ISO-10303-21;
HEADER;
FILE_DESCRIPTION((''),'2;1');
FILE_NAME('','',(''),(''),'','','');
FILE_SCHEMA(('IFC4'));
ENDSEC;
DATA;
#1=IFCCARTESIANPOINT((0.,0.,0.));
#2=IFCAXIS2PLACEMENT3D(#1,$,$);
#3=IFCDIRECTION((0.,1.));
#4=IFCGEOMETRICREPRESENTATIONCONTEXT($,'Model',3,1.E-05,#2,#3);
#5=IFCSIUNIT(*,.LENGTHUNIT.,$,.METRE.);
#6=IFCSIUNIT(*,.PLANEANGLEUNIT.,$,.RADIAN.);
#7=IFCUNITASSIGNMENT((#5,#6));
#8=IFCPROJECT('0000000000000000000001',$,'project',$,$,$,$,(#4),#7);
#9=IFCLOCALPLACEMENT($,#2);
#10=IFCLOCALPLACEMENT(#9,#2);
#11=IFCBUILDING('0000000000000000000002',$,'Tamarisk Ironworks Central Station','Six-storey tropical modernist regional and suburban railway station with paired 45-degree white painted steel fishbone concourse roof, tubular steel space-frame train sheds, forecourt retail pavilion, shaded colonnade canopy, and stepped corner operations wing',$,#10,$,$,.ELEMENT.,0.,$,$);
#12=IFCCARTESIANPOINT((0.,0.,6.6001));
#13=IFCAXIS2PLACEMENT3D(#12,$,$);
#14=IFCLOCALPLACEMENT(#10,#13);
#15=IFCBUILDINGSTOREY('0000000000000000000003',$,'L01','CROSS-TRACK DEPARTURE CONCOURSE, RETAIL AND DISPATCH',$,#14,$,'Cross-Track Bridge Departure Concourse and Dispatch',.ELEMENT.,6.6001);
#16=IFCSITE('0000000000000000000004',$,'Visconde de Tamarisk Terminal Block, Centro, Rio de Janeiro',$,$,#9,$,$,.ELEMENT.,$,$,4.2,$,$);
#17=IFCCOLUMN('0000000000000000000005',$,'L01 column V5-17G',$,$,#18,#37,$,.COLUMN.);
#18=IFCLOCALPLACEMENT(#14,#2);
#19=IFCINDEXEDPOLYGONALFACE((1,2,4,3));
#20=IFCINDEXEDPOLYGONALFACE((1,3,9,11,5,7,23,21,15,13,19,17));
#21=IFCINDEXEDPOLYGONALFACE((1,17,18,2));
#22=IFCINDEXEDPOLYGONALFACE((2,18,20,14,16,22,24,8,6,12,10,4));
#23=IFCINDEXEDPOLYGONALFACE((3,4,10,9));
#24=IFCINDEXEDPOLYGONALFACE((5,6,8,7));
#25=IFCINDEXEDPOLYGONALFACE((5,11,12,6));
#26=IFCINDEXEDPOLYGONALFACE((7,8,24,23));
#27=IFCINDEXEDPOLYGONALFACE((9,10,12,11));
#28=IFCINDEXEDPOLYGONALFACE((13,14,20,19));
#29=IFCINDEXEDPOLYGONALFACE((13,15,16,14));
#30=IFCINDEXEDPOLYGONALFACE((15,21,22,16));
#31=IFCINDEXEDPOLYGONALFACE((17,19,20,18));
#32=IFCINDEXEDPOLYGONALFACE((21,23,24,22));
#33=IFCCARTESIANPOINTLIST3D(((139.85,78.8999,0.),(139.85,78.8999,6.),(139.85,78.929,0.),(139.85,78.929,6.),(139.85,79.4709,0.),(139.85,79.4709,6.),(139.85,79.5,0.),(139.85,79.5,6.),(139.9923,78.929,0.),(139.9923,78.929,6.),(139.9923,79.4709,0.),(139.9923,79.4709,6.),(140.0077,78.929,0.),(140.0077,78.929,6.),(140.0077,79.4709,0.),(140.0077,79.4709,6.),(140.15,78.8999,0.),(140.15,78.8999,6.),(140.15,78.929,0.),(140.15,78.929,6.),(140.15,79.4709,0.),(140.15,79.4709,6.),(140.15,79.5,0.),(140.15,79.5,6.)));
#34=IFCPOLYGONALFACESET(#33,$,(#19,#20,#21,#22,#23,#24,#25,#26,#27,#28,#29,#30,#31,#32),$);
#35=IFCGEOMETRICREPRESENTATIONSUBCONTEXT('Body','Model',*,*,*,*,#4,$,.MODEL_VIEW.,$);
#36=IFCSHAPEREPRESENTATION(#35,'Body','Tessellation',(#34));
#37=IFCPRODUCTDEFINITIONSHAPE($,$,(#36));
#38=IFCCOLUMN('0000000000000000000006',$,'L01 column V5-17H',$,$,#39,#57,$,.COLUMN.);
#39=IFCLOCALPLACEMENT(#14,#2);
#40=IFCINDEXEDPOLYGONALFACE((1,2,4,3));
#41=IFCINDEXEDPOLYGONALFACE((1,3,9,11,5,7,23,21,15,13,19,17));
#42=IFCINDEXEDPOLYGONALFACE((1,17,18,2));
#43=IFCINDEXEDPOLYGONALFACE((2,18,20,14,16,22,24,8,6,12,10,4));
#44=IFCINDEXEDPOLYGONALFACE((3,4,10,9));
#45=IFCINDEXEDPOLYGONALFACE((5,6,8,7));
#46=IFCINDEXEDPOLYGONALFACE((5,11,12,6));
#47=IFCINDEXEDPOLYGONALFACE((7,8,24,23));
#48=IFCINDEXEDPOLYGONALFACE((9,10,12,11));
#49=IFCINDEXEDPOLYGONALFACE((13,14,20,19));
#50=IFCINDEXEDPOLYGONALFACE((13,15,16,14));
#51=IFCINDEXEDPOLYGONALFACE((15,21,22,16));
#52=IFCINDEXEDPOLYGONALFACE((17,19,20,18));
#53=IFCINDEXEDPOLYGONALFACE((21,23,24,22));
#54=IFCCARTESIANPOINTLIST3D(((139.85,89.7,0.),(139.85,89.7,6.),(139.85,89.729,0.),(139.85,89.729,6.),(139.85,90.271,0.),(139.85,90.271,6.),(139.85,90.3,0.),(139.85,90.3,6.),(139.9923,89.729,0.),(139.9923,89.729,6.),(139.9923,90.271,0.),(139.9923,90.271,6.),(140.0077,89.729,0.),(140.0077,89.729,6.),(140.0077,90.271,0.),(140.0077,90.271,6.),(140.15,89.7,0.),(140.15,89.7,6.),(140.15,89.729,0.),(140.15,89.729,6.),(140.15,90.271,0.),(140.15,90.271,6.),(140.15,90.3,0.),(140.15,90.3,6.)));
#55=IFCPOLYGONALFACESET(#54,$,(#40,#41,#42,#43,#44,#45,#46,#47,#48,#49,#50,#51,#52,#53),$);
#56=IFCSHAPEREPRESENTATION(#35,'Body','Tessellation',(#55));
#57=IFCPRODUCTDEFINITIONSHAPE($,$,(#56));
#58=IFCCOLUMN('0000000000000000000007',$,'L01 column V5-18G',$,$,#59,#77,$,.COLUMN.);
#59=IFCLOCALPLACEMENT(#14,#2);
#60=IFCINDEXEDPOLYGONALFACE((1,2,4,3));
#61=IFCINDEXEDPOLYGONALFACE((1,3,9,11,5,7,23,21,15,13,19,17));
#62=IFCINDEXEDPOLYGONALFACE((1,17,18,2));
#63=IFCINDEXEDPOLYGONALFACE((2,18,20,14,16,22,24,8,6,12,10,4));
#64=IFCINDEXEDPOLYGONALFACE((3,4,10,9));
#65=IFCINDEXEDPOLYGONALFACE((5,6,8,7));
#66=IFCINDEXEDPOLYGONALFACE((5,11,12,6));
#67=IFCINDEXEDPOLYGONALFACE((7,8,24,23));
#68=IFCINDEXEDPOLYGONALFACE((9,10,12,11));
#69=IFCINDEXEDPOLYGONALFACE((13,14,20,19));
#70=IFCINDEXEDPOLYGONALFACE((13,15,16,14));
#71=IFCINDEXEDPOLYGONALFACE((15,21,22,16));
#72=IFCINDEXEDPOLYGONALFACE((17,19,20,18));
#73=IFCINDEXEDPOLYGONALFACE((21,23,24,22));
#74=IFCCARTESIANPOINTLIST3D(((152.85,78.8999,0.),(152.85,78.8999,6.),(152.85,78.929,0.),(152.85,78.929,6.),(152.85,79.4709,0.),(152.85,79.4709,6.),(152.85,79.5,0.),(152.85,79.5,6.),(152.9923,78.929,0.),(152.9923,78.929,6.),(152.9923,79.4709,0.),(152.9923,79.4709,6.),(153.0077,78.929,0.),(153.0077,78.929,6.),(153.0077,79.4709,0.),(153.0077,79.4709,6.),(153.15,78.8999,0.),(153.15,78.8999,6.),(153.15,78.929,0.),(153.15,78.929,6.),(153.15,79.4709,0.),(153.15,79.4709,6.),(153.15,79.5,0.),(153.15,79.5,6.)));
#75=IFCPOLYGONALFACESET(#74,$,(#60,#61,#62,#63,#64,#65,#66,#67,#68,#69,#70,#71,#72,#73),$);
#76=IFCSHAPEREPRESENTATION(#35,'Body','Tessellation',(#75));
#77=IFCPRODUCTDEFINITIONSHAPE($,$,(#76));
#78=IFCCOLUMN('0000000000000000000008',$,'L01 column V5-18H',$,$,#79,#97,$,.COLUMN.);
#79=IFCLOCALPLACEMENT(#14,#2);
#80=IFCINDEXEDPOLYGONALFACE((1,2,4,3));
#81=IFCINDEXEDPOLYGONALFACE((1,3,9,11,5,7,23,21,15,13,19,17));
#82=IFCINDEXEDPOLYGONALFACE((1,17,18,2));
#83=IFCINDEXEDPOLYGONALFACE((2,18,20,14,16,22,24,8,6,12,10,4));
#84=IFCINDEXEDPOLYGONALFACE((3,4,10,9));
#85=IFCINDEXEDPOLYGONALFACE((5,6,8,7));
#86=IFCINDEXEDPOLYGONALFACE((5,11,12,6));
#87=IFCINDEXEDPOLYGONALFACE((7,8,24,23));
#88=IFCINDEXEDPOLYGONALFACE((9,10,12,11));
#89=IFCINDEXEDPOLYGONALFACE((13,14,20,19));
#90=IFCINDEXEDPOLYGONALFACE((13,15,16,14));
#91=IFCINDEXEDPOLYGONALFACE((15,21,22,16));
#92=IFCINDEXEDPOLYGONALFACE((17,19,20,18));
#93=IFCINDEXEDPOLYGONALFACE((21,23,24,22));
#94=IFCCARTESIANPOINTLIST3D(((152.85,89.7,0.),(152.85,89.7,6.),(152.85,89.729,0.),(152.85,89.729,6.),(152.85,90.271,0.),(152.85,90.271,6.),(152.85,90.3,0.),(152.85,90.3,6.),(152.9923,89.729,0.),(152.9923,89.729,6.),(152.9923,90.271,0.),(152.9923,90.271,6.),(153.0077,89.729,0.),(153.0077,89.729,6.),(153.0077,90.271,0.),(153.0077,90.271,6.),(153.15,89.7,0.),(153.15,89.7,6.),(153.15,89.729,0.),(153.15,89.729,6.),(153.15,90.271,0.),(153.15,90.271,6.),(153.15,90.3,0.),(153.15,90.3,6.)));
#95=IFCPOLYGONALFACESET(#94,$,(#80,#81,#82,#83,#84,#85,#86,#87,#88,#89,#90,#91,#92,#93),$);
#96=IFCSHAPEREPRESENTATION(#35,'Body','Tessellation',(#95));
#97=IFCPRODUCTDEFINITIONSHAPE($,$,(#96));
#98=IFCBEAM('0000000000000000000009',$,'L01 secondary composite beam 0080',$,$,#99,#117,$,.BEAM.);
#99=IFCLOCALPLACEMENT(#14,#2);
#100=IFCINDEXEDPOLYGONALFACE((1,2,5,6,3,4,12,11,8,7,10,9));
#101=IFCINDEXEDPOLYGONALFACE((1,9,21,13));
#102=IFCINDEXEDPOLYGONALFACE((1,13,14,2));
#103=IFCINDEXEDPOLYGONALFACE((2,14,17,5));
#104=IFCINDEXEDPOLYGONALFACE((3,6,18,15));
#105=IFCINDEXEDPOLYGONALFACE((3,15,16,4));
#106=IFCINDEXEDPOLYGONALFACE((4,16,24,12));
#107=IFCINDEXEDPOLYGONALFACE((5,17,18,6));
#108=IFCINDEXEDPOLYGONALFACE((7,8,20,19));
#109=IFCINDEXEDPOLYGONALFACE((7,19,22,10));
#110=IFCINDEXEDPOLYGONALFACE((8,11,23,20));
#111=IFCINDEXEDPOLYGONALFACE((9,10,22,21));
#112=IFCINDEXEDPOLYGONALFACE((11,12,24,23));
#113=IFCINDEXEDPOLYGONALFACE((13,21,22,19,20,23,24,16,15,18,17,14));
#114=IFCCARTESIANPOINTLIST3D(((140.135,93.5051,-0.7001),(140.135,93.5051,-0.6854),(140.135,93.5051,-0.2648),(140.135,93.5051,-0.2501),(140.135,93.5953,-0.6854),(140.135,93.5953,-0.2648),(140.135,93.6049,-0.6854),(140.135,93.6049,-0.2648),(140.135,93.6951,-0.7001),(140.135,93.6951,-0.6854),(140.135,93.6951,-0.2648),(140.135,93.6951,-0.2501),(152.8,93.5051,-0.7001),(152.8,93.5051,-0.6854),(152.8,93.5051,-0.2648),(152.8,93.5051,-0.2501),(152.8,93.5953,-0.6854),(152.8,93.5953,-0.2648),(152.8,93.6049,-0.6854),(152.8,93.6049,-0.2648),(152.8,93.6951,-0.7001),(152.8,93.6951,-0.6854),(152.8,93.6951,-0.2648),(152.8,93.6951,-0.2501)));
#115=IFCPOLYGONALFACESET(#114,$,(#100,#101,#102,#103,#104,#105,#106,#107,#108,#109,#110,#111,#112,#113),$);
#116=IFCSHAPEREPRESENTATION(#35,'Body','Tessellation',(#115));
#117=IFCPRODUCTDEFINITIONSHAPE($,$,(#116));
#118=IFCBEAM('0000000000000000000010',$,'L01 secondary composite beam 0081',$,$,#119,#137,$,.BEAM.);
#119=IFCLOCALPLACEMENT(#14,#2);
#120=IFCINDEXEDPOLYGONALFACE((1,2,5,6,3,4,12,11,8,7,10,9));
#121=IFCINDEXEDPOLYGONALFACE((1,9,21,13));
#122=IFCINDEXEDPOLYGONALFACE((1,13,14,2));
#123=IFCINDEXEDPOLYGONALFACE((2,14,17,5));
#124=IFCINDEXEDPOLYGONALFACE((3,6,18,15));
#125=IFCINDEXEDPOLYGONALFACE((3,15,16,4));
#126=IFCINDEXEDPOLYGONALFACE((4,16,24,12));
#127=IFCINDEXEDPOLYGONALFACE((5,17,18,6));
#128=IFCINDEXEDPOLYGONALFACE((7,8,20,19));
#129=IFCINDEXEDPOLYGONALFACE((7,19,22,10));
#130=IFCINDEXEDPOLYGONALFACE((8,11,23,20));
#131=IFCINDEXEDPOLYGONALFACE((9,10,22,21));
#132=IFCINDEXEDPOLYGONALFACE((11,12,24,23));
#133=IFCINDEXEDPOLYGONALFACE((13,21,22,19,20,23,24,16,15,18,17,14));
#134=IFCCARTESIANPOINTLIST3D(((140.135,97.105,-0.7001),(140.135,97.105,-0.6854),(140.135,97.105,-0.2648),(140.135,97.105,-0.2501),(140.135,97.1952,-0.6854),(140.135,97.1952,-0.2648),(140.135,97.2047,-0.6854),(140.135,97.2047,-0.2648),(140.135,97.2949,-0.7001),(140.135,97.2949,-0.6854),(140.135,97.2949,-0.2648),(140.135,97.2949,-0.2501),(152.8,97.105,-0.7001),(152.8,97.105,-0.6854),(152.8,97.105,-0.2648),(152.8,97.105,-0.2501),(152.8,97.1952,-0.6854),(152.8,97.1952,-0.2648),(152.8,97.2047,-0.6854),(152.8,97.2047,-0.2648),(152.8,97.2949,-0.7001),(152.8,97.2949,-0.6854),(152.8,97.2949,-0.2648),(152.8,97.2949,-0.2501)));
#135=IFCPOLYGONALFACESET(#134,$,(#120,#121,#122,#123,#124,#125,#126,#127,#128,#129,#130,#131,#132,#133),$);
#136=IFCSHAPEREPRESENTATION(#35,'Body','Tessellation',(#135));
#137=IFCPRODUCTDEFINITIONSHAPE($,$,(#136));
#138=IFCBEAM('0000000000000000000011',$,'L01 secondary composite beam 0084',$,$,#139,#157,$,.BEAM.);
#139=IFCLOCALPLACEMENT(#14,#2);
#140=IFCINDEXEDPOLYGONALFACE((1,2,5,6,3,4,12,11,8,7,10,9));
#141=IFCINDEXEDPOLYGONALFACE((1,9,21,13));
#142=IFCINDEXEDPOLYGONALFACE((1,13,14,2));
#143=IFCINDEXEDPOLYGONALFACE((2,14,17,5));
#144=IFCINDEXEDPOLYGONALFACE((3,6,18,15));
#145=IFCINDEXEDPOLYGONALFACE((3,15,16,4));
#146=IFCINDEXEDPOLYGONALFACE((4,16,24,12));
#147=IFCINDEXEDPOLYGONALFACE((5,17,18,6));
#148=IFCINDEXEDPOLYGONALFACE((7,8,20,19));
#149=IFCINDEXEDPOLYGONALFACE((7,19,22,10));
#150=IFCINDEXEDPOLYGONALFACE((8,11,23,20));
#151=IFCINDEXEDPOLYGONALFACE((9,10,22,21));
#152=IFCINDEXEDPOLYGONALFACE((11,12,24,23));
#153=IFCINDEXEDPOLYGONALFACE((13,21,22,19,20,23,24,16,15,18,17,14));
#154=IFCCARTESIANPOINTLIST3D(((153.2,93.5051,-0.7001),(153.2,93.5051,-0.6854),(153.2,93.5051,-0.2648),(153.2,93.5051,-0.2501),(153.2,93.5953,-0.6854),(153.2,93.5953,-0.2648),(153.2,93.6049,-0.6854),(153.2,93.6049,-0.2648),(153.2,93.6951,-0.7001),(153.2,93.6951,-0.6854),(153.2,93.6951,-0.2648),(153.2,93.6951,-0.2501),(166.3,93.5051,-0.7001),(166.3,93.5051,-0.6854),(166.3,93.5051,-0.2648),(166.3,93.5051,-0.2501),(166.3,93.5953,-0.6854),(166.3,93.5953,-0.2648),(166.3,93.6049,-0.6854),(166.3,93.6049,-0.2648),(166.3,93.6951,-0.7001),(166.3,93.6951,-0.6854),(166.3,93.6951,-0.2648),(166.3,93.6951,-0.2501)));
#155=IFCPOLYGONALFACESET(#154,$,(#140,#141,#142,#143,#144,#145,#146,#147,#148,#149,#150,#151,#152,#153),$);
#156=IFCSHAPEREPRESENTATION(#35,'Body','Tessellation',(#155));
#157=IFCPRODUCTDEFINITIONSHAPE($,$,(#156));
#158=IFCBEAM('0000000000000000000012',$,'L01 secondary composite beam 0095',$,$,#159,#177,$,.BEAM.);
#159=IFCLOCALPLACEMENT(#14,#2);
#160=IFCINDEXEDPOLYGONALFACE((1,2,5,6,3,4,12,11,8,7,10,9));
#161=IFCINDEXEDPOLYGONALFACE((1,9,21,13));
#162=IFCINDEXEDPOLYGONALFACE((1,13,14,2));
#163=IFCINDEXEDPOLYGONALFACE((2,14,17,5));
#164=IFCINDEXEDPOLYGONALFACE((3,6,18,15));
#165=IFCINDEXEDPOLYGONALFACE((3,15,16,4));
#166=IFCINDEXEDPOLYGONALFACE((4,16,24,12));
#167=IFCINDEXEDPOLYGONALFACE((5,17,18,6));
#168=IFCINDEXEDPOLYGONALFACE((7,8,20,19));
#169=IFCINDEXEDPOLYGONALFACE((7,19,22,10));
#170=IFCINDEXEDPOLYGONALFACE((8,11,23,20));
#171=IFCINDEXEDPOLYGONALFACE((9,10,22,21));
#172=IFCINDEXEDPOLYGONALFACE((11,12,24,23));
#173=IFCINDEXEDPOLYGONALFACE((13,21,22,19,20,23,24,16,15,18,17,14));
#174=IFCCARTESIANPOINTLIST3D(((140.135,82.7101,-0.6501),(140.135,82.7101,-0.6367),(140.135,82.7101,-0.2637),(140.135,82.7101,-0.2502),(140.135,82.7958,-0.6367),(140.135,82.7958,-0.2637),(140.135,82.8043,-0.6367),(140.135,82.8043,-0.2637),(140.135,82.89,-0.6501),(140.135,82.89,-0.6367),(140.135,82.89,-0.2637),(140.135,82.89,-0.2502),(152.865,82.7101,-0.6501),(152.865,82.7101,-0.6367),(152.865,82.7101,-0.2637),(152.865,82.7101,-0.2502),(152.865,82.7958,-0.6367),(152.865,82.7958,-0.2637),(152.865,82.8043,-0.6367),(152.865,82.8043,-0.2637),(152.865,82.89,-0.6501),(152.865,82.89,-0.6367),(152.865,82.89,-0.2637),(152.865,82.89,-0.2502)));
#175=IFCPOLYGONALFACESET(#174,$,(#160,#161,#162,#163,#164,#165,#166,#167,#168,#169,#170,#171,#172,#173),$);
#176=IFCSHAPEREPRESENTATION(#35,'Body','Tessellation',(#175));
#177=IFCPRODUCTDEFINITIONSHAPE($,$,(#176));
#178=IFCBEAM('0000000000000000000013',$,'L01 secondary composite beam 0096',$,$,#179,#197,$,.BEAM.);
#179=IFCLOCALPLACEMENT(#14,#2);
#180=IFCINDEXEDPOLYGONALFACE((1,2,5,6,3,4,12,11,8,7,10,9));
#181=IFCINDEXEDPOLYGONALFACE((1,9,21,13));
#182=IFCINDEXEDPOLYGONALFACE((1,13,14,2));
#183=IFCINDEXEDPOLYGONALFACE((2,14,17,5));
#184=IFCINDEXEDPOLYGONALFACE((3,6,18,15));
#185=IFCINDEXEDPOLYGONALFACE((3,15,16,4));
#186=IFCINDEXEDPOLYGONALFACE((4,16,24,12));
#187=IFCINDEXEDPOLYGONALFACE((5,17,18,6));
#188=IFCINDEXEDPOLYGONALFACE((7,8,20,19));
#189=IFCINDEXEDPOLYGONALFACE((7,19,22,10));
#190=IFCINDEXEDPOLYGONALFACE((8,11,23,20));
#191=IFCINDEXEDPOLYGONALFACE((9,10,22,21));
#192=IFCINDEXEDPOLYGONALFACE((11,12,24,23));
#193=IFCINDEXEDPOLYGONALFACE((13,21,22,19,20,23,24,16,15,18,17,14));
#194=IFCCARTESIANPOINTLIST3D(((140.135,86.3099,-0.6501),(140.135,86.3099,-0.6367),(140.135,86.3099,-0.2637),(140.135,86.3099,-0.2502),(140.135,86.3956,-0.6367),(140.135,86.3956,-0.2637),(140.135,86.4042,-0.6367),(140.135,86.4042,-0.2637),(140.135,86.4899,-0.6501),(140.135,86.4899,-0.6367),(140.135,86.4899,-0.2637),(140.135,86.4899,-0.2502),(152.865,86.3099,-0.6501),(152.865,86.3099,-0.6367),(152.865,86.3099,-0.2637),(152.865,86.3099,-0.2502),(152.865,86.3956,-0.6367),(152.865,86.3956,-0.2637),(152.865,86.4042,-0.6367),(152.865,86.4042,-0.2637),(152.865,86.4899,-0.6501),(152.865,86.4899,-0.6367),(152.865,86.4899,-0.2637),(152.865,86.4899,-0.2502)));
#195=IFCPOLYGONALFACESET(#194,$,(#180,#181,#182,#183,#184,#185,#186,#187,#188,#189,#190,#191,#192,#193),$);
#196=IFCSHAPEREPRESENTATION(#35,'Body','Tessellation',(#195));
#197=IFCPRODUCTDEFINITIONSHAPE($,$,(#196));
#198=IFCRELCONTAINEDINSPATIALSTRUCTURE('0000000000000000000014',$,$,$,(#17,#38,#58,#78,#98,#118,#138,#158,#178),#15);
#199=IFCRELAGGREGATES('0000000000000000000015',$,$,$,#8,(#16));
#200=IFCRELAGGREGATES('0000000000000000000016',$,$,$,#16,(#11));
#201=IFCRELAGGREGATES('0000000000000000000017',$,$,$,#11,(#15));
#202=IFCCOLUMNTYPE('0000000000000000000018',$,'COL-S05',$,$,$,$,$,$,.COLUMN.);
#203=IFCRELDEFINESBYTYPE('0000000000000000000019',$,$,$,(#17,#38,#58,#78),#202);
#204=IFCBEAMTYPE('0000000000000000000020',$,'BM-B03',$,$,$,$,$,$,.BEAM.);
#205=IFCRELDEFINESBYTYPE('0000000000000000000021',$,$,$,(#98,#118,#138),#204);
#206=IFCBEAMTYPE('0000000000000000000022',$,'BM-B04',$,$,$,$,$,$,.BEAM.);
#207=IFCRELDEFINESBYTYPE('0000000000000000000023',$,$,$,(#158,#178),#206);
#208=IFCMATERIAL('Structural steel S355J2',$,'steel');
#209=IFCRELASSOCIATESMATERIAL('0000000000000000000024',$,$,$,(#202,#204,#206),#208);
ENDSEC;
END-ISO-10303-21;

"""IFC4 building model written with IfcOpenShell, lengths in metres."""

from ifc_helpers import new_model, si_unit, direction, frame, origin, origin_2d, place, context, subcontext, project, spatial, i_section, extrude, material, material_profile, profile_set, type_object, element, save


model = new_model("IFC4")

# Units and contexts
model_context = context("Model", 3, precision=1e-05, world=origin(), true_north=direction((0.0, 1.0)))
body_context = subcontext(model_context, "Body", "Model", "MODEL_VIEW")
ifc_project = project(units=[si_unit("LENGTHUNIT", "METRE"), si_unit("PLANEANGLEUNIT", "RADIAN")], contexts=[model_context])

# Site, building, storey
site_placement = place(None, origin())
site = spatial("IfcSite", under=ifc_project, at=site_placement, Name="Visconde de Tamarisk Terminal Block, Centro, Rio de Janeiro", CompositionType="ELEMENT", RefElevation=4.2)
building_placement = place(site_placement, origin())
building = spatial("IfcBuilding", under=site, at=building_placement, Name="Tamarisk Ironworks Central Station", Description="Six-storey tropical modernist regional and suburban railway station with paired 45-degree white painted steel fishbone concourse roof, tubular steel space-frame train sheds, forecourt retail pavilion, shaded colonnade canopy, and stepped corner operations wing", CompositionType="ELEMENT", ElevationOfRefHeight=0.0)
storey_placement = place(building_placement, frame((0.0, 0.0, 6.6001)))
storey = spatial("IfcBuildingStorey", under=building, at=storey_placement, Name="L01", Description="CROSS-TRACK DEPARTURE CONCOURSE, RETAIL AND DISPATCH", LongName="Cross-Track Bridge Departure Concourse and Dispatch", CompositionType="ELEMENT", Elevation=6.6001)

# Columns
ifc_material_1 = material(Name="Structural steel S355J2", Category="steel")
ifc_material_profile_1 = material_profile(ifc_material_1, i_section(OverallWidth=0.3, OverallDepth=0.6001, WebThickness=0.0154, FlangeThickness=0.0291, at=origin_2d()), Name="HEB 600")
ifc_profile_set_1 = profile_set([ifc_material_profile_1], Name="Structural steel S355J2")
column_type = type_object("IfcColumnType", Name="COL-S05", PredefinedType="COLUMN", material=ifc_profile_set_1)
for number, where, z_axis, x_axis, name in (
    (1, (140.0, 79.2, 0.0), (0.0, 0.0, 1.0), (1.0, 0.0, 0.0), "L01 column V5-17G"),
    (2, (140.0, 90.0, 0.0), (0.0, 0.0, 1.0), (1.0, 0.0, 0.0), "L01 column V5-17H"),
    (3, (153.0, 79.2, 0.0), (0.0, 0.0, 1.0), (1.0, 0.0, 0.0), "L01 column V5-18G"),
    (4, (153.0, 90.0, 0.0), (0.0, 0.0, 1.0), (1.0, 0.0, 0.0), "L01 column V5-18H"),
):
    element("IfcColumn", number, at=place(storey_placement, frame(where, z_axis=z_axis, x_axis=x_axis)), inside=storey, type_object=column_type, Name=name, PredefinedType="COLUMN", context=body_context, shape_type="SweptSolid", body=[
        extrude(i_section(OverallWidth=0.3, OverallDepth=0.6001, WebThickness=0.0154, FlangeThickness=0.0291, at=origin_2d()), origin(), (0.0, 0.0, 1.0), 6.0),
    ])

# Beams
ifc_material_profile_2 = material_profile(ifc_material_1, i_section(OverallWidth=0.1899, OverallDepth=0.45, WebThickness=0.0095, FlangeThickness=0.0146, at=origin_2d()), Name="IPE 450")
ifc_profile_set_2 = profile_set([ifc_material_profile_2], Name="Structural steel S355J2")
beam_type_1 = type_object("IfcBeamType", Name="BM-B03", PredefinedType="BEAM", material=ifc_profile_set_2)
for number, where, z_axis, x_axis, name in (
    (5, (140.135, 93.6001, -0.4751), (1.0, 0.0, 0.0), (0.0, 1.0, 0.0), "L01 secondary composite beam 0080"),
    (6, (140.135, 97.2, -0.4751), (1.0, 0.0, 0.0), (0.0, 1.0, 0.0), "L01 secondary composite beam 0081"),
):
    element("IfcBeam", number, at=place(storey_placement, frame(where, z_axis=z_axis, x_axis=x_axis)), inside=storey, type_object=beam_type_1, Name=name, PredefinedType="BEAM", context=body_context, shape_type="SweptSolid", body=[
        extrude(i_section(OverallWidth=0.1899, OverallDepth=0.45, WebThickness=0.0095, FlangeThickness=0.0146, at=origin_2d()), origin(), (0.0, 0.0, 1.0), 12.665),
    ])
beam_1_placement = place(storey_placement, frame((153.2, 93.6001, -0.4751), z_axis=(1.0, 0.0, 0.0), x_axis=(0.0, 1.0, 0.0)))
element("IfcBeam", 7, at=beam_1_placement, inside=storey, type_object=beam_type_1, Name="L01 secondary composite beam 0084", PredefinedType="BEAM", context=body_context, shape_type="SweptSolid", body=[
    extrude(i_section(OverallWidth=0.1899, OverallDepth=0.45, WebThickness=0.0095, FlangeThickness=0.0146, at=origin_2d()), origin(), (0.0, 0.0, 1.0), 13.1001),
])
ifc_material_profile_3 = material_profile(ifc_material_1, i_section(OverallWidth=0.1799, OverallDepth=0.3999, WebThickness=0.0085, FlangeThickness=0.0134, at=origin_2d()), Name="IPE 400")
ifc_profile_set_3 = profile_set([ifc_material_profile_3], Name="Structural steel S355J2")
beam_type_2 = type_object("IfcBeamType", Name="BM-B04", PredefinedType="BEAM", material=ifc_profile_set_3)
for number, where, z_axis, x_axis, name in (
    (8, (140.135, 82.8, -0.4502), (1.0, 0.0, 0.0), (0.0, 1.0, 0.0), "L01 secondary composite beam 0095"),
    (9, (140.135, 86.3999, -0.4502), (1.0, 0.0, 0.0), (0.0, 1.0, 0.0), "L01 secondary composite beam 0096"),
):
    element("IfcBeam", number, at=place(storey_placement, frame(where, z_axis=z_axis, x_axis=x_axis)), inside=storey, type_object=beam_type_2, Name=name, PredefinedType="BEAM", context=body_context, shape_type="SweptSolid", body=[
        extrude(i_section(OverallWidth=0.1799, OverallDepth=0.3999, WebThickness=0.0085, FlangeThickness=0.0134, at=origin_2d()), origin(), (0.0, 0.0, 1.0), 12.73),
    ])

save(model, "model.ifc")
